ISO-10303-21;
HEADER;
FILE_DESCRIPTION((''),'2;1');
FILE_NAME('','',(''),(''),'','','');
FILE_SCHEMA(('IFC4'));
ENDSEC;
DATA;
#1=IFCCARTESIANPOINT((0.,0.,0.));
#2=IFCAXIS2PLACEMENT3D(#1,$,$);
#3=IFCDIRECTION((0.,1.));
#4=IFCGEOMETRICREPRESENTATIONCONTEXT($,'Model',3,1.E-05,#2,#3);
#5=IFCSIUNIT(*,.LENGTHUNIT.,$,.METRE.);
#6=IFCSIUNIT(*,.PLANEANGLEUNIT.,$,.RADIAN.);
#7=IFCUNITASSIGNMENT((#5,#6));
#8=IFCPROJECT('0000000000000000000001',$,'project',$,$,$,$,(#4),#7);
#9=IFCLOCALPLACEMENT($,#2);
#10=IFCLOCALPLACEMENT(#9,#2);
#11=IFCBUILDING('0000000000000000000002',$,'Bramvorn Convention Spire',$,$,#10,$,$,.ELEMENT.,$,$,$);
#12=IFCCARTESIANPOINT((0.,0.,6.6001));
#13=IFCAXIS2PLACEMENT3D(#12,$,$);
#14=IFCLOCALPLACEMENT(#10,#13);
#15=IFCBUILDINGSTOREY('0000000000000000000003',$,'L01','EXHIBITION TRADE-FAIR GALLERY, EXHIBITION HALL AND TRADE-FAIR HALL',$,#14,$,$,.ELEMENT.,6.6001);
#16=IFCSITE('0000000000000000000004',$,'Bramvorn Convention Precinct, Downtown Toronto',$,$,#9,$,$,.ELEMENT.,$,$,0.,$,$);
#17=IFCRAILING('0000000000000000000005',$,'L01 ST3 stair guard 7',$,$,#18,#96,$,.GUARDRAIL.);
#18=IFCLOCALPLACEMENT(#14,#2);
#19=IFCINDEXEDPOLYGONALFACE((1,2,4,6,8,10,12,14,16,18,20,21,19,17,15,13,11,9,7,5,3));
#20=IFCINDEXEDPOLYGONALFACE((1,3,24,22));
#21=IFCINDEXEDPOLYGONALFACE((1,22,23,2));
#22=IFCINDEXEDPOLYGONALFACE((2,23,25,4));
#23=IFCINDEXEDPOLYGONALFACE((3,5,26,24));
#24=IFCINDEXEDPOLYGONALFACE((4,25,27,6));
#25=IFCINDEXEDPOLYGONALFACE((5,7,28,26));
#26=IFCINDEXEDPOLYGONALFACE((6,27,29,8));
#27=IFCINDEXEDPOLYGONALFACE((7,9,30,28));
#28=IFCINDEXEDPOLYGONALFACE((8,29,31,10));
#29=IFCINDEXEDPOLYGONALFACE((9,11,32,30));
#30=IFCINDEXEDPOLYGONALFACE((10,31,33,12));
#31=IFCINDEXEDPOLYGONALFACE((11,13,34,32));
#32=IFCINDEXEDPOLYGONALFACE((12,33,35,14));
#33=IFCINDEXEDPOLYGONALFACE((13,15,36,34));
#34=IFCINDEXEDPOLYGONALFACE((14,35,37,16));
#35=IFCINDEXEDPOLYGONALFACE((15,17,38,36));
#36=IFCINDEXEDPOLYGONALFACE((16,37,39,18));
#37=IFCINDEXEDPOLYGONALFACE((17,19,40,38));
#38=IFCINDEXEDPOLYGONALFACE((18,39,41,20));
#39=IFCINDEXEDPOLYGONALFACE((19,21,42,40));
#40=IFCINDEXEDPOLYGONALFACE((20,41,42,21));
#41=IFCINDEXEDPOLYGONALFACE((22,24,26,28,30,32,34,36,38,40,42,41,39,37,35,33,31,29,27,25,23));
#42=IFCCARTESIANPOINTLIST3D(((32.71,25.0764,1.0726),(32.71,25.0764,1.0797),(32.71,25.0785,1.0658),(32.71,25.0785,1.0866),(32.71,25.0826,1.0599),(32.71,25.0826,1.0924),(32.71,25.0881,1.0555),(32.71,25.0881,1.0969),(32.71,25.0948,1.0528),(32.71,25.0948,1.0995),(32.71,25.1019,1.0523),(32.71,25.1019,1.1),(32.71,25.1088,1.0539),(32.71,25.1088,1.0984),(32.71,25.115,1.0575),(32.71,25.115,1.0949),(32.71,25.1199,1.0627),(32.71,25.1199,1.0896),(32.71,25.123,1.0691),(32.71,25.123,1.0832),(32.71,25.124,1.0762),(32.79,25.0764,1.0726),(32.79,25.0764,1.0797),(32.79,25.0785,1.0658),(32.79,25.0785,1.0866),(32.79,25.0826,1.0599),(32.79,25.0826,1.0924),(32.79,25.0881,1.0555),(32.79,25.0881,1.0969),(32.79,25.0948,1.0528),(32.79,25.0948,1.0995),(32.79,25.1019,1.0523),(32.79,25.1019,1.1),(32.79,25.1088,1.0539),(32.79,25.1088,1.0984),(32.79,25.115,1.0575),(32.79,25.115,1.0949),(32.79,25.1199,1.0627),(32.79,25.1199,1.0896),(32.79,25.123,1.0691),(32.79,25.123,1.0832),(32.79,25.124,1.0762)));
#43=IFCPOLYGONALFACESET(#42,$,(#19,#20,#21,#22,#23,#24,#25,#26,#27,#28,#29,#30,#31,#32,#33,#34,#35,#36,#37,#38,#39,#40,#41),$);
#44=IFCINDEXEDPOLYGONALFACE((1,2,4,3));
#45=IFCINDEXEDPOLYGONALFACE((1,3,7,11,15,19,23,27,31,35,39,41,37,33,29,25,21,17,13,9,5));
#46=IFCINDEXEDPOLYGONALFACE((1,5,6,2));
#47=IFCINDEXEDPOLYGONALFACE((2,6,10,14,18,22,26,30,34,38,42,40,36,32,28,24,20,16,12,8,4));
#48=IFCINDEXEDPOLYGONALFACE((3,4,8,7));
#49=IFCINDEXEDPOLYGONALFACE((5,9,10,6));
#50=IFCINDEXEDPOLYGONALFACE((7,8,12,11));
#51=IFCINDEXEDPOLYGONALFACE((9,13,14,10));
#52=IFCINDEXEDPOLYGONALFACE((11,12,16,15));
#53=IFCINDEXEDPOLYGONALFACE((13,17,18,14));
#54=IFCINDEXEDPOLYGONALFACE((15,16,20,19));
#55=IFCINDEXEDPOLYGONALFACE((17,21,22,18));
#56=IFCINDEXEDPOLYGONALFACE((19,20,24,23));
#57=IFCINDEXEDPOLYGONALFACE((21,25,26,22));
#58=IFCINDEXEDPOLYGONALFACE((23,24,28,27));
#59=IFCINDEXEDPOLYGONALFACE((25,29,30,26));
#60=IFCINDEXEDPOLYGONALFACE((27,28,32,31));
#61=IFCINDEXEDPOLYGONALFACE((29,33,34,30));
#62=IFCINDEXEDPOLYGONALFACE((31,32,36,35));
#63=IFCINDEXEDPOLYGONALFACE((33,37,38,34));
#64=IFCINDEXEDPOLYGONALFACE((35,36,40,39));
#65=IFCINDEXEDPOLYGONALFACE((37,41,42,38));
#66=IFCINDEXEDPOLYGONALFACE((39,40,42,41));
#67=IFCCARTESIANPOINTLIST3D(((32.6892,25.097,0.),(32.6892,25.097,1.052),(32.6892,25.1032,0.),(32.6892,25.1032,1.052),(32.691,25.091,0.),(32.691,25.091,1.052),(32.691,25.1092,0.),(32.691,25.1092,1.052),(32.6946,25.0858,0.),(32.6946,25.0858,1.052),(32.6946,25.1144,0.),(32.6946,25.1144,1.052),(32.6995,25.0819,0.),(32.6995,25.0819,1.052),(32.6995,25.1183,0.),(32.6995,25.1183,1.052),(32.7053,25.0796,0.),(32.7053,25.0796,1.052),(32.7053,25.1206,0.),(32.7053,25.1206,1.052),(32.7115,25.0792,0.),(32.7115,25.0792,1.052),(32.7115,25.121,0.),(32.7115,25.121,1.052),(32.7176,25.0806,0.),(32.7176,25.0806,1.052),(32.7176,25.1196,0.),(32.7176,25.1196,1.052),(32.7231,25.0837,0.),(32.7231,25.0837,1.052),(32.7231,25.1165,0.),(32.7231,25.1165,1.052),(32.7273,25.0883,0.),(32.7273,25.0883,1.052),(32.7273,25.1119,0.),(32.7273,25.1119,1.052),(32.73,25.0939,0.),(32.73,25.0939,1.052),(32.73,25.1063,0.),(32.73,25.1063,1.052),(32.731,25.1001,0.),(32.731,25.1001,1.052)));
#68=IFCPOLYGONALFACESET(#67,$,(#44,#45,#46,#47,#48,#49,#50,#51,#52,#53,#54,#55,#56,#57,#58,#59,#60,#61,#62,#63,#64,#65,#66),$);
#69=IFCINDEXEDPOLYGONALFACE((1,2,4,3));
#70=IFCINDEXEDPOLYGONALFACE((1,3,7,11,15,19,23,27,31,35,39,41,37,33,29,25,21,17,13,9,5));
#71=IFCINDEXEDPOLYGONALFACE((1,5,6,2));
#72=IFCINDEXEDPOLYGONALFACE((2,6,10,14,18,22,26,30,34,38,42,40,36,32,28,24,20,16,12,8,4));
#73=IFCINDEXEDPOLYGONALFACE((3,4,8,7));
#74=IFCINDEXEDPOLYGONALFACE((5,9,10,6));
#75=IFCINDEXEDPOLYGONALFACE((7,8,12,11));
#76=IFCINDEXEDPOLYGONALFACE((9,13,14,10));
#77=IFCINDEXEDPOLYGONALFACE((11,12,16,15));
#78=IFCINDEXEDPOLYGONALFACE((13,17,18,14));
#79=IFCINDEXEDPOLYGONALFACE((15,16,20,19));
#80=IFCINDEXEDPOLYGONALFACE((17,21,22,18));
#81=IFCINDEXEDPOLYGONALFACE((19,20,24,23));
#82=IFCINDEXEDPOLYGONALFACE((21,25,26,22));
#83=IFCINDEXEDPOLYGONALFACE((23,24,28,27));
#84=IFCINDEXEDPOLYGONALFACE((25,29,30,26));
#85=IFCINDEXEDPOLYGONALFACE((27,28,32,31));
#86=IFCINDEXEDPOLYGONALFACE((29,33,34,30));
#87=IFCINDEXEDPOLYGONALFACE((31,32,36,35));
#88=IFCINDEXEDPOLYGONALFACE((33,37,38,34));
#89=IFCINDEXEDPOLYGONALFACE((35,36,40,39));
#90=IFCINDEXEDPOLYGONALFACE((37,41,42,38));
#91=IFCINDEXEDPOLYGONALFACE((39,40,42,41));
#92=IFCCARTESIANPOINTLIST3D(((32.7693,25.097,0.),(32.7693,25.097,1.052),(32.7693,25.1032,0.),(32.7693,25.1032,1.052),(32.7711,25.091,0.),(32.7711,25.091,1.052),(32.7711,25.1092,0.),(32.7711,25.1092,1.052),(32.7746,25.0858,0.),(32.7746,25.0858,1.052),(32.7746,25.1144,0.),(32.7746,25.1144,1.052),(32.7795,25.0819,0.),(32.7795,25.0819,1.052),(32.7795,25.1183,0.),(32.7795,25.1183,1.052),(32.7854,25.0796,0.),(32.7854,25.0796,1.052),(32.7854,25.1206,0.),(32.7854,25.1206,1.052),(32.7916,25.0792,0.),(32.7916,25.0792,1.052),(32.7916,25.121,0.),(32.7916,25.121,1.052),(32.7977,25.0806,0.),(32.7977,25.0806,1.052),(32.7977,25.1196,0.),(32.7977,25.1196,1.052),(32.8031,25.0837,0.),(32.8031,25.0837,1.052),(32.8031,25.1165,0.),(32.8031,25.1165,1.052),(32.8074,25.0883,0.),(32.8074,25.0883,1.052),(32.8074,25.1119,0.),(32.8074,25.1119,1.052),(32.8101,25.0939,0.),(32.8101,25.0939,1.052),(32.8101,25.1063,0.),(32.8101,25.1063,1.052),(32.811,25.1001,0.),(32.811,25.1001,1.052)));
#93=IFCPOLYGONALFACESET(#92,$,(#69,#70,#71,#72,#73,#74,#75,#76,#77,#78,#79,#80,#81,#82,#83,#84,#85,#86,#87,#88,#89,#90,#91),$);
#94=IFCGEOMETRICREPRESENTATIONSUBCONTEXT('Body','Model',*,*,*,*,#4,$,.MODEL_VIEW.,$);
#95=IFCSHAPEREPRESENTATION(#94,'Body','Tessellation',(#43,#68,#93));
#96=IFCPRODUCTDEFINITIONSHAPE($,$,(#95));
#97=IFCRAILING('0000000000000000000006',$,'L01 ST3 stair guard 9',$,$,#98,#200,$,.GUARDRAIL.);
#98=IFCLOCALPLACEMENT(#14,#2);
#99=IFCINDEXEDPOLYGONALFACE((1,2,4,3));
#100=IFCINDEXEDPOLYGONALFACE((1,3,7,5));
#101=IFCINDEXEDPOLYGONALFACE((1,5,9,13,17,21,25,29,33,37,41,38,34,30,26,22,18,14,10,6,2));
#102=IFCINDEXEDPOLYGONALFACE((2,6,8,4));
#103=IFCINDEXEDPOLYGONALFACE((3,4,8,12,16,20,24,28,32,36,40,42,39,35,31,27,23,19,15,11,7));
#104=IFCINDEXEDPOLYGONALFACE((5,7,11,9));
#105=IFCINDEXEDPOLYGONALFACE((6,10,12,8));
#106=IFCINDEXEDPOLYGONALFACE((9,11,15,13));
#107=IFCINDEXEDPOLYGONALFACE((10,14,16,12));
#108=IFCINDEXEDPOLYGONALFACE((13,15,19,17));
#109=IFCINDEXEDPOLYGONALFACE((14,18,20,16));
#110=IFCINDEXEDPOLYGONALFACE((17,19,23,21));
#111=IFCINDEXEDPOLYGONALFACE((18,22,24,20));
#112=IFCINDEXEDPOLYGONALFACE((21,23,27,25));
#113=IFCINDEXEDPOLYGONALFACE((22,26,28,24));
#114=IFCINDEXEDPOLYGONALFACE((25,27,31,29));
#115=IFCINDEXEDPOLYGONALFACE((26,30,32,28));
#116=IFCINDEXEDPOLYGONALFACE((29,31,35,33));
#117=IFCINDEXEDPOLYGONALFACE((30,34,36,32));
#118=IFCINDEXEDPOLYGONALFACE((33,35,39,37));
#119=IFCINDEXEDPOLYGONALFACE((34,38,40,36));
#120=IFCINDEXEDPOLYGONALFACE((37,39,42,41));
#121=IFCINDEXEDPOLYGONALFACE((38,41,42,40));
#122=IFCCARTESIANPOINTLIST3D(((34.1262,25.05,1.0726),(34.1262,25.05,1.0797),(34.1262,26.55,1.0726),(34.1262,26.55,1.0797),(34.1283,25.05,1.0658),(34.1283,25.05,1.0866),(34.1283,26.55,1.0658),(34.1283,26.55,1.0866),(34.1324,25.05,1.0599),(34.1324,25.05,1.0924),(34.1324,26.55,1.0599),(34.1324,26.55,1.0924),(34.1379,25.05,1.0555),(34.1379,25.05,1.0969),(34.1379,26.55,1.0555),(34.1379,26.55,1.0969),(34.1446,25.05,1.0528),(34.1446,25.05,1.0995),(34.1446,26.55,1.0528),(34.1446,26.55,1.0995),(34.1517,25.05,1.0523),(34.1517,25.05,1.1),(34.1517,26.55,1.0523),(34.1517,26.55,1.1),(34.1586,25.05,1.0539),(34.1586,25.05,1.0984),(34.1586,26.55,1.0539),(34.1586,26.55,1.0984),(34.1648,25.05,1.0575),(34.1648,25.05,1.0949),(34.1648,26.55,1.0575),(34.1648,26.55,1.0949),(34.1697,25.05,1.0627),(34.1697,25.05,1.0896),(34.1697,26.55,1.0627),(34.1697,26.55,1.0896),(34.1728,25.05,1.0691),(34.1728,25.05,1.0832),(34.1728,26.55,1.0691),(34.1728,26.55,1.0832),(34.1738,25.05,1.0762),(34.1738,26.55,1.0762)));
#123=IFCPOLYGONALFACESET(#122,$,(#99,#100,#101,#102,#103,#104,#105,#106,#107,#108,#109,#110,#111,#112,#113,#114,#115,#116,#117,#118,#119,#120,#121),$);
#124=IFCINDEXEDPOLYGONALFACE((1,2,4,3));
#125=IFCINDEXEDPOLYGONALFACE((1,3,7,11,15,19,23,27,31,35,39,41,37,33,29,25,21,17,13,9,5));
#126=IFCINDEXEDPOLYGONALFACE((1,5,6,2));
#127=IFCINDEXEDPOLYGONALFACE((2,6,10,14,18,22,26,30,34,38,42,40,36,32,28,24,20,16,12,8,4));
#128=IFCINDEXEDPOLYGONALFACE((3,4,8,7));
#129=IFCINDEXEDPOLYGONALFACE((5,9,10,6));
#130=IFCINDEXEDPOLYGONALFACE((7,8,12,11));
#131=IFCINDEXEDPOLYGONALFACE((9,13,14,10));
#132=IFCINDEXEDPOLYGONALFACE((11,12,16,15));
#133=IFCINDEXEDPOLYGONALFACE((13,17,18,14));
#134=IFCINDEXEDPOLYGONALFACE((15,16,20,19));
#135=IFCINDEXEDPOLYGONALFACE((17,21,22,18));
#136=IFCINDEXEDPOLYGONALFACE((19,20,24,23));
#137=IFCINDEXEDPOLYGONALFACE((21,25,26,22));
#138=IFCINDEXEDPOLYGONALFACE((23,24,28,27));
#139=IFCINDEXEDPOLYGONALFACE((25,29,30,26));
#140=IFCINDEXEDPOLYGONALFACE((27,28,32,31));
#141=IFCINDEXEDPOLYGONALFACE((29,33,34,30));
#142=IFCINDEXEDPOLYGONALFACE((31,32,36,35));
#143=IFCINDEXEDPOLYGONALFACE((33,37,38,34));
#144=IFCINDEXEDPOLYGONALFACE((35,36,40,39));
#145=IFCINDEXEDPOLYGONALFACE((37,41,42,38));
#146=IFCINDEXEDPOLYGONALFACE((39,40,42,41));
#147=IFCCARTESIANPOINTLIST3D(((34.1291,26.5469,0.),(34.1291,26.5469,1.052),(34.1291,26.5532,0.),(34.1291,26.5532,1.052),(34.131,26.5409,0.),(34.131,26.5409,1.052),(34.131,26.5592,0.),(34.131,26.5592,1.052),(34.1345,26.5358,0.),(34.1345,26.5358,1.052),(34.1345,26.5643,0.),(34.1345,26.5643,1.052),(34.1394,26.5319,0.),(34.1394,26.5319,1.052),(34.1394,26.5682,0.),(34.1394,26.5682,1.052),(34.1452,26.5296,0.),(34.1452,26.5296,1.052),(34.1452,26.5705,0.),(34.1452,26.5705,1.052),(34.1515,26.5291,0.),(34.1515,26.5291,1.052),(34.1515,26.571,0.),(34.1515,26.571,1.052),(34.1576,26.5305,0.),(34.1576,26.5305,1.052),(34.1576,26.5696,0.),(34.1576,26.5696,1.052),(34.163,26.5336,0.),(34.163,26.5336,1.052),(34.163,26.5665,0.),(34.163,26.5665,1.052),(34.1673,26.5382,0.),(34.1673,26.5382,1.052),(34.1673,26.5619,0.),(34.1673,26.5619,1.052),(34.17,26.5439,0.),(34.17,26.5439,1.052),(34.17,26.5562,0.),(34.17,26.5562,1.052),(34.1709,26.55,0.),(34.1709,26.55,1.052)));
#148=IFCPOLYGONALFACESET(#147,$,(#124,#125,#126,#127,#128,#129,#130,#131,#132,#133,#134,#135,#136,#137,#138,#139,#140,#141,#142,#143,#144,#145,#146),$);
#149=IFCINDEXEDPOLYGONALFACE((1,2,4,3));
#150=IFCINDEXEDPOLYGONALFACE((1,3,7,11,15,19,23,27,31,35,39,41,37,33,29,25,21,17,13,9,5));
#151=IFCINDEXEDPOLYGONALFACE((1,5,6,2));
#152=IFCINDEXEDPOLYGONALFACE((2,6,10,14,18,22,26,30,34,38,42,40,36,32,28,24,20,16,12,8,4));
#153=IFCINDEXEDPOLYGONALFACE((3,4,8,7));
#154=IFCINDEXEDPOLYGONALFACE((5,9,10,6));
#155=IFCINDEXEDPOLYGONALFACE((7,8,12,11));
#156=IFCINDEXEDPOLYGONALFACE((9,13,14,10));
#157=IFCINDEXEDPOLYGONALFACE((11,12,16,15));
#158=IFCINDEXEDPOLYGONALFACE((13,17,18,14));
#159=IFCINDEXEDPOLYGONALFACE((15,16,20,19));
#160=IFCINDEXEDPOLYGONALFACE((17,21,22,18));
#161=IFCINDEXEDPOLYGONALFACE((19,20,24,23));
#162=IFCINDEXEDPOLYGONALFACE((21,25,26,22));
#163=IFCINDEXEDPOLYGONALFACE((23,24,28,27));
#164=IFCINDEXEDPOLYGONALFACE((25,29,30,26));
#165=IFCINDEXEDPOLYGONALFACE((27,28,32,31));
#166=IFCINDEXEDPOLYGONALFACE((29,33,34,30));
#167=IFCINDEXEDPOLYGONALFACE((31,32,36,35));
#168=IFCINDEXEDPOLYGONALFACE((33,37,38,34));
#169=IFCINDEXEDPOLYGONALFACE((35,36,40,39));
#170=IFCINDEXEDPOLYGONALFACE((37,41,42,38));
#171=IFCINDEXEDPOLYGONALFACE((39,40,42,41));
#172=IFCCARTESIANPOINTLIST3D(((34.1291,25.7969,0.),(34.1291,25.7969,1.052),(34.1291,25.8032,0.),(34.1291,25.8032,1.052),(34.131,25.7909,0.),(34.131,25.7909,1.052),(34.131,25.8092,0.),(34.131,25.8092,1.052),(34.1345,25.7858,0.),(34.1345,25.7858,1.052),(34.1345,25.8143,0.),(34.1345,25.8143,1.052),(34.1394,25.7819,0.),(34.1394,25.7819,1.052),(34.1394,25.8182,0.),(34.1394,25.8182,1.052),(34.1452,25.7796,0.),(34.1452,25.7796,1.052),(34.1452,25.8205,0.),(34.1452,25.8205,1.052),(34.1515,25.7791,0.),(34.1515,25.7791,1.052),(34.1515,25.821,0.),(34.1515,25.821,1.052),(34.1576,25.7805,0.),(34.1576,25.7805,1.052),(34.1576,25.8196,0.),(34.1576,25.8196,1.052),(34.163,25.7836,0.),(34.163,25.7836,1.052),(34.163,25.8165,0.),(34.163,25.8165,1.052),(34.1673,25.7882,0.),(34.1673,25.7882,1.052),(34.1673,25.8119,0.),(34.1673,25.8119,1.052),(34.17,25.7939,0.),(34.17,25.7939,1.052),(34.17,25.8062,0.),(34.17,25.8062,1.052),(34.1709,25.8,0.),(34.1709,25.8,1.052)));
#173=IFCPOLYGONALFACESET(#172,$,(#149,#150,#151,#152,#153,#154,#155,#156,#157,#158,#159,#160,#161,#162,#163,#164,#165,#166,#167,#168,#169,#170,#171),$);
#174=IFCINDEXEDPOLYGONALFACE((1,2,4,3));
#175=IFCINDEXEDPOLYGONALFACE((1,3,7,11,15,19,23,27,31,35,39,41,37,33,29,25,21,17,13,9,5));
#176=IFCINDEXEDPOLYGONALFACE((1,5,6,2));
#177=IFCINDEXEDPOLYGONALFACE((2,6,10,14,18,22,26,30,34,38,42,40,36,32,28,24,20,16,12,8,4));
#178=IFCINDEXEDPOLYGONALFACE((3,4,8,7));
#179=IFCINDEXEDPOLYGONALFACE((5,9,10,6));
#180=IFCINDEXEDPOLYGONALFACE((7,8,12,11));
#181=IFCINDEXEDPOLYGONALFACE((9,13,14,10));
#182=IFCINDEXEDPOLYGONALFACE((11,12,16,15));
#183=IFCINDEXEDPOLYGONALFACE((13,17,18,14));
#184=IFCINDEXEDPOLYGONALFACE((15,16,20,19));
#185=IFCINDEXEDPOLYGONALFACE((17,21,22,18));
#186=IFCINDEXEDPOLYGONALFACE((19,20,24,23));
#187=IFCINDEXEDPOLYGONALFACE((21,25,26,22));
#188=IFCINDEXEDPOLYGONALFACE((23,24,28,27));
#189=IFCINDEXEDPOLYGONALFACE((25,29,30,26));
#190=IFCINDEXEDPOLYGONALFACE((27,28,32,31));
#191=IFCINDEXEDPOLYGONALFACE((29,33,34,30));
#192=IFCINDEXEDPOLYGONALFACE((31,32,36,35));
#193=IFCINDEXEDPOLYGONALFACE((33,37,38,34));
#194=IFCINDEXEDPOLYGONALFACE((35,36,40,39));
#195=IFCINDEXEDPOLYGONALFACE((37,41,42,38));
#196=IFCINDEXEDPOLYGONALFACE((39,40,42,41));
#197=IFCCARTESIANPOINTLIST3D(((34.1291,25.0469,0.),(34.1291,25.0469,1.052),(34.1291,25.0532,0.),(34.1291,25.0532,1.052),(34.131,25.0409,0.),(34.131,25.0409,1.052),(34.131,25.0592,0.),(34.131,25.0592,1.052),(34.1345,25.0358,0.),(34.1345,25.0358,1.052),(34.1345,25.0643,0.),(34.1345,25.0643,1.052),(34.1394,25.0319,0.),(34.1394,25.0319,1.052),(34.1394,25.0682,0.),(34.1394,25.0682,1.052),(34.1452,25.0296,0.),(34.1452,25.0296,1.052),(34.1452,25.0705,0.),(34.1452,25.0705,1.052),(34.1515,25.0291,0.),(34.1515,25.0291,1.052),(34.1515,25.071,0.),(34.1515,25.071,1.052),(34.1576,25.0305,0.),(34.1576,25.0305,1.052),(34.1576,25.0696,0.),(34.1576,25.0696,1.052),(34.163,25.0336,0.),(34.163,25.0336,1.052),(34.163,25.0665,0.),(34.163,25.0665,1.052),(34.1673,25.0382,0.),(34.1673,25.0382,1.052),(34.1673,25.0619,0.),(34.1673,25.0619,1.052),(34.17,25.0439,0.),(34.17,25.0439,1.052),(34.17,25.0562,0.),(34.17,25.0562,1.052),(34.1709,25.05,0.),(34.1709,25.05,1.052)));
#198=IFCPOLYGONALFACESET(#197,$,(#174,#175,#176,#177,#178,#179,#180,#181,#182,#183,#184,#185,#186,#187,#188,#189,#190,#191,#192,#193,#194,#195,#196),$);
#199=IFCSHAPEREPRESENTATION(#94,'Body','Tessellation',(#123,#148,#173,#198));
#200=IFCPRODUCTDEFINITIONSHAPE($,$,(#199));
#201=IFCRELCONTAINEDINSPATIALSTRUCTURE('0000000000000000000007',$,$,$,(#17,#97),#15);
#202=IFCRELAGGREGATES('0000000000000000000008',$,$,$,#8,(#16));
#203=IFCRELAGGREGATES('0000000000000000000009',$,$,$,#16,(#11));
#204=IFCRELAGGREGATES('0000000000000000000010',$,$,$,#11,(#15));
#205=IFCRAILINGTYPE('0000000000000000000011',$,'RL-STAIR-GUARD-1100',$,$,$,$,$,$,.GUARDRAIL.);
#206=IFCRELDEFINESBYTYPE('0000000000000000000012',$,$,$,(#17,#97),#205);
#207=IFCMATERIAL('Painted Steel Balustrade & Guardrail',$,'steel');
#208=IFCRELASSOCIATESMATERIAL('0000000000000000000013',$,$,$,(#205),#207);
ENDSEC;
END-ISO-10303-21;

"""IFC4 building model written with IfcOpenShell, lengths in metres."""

from ifc_helpers import new_model, si_unit, direction, frame, origin, origin_2d, place, context, subcontext, project, spatial, circle, extrude, material, type_object, element, save


model = new_model("IFC4")

# Units and contexts
model_context = context("Model", 3, precision=1e-05, world=origin(), true_north=direction((0.0, 1.0)))
body_context = subcontext(model_context, "Body", "Model", "MODEL_VIEW")
ifc_project = project(units=[si_unit("LENGTHUNIT", "METRE"), si_unit("PLANEANGLEUNIT", "RADIAN")], contexts=[model_context])

# Site, building, storey
site_placement = place(None, origin())
site = spatial("IfcSite", under=ifc_project, at=site_placement, Name="Bramvorn Convention Precinct, Downtown Toronto", CompositionType="ELEMENT", RefElevation=0.0)
building_placement = place(site_placement, origin())
building = spatial("IfcBuilding", under=site, at=building_placement, Name="Bramvorn Convention Spire", CompositionType="ELEMENT")
storey_placement = place(building_placement, frame((0.0, 0.0, 6.6001)))
storey = spatial("IfcBuildingStorey", under=building, at=storey_placement, Name="L01", Description="EXHIBITION TRADE-FAIR GALLERY, EXHIBITION HALL AND TRADE-FAIR HALL", CompositionType="ELEMENT", Elevation=6.6001)

# Railings
ifc_material_1 = material(Name="Painted Steel Balustrade & Guardrail", Category="steel")
railing_type_1 = type_object("IfcRailingType", Name="RL-STAIR-GUARD-1100", PredefinedType="GUARDRAIL", material=ifc_material_1)
railing_1_placement = place(storey_placement, frame((32.71, 25.1001, 0.0)))
element("IfcRailing", 1, at=railing_1_placement, inside=storey, type_object=railing_type_1, Name="L01 ST3 stair guard 7", PredefinedType="GUARDRAIL", context=body_context, shape_type="SweptSolid", body=[
    extrude(circle(Radius=0.0239, at=origin_2d()), frame((0.0, 0.0, 1.0762), z_axis=(1.0, 0.0, 0.0), x_axis=(0.0, 1.0, 0.0)), (0.0, 0.0, 1.0), 0.0801),
    extrude(circle(Radius=0.021, at=origin_2d()), origin(), (0.0, 0.0, 1.0), 1.052),
    extrude(circle(Radius=0.021, at=origin_2d()), frame((0.0801, 0.0, 0.0)), (0.0, 0.0, 1.0), 1.052),
])
railing_2_placement = place(storey_placement, frame((34.1499, 26.55, 0.0)))
element("IfcRailing", 2, at=railing_2_placement, inside=storey, type_object=railing_type_1, Name="L01 ST3 stair guard 9", PredefinedType="GUARDRAIL", context=body_context, shape_type="SweptSolid", body=[
    extrude(circle(Radius=0.0239, at=origin_2d()), frame((0.0, 0.0, 1.0762), z_axis=(0.0, -1.0, 0.0), x_axis=(1.0, 0.0, 0.0)), (0.0, 0.0, 1.0), 1.5),
    extrude(circle(Radius=0.021, at=origin_2d()), origin(), (0.0, 0.0, 1.0), 1.052),
    extrude(circle(Radius=0.021, at=origin_2d()), frame((0.0, -0.75, 0.0)), (0.0, 0.0, 1.0), 1.052),
    extrude(circle(Radius=0.021, at=origin_2d()), frame((0.0, -1.5, 0.0)), (0.0, 0.0, 1.0), 1.052),
])

save(model, "model.ifc")
